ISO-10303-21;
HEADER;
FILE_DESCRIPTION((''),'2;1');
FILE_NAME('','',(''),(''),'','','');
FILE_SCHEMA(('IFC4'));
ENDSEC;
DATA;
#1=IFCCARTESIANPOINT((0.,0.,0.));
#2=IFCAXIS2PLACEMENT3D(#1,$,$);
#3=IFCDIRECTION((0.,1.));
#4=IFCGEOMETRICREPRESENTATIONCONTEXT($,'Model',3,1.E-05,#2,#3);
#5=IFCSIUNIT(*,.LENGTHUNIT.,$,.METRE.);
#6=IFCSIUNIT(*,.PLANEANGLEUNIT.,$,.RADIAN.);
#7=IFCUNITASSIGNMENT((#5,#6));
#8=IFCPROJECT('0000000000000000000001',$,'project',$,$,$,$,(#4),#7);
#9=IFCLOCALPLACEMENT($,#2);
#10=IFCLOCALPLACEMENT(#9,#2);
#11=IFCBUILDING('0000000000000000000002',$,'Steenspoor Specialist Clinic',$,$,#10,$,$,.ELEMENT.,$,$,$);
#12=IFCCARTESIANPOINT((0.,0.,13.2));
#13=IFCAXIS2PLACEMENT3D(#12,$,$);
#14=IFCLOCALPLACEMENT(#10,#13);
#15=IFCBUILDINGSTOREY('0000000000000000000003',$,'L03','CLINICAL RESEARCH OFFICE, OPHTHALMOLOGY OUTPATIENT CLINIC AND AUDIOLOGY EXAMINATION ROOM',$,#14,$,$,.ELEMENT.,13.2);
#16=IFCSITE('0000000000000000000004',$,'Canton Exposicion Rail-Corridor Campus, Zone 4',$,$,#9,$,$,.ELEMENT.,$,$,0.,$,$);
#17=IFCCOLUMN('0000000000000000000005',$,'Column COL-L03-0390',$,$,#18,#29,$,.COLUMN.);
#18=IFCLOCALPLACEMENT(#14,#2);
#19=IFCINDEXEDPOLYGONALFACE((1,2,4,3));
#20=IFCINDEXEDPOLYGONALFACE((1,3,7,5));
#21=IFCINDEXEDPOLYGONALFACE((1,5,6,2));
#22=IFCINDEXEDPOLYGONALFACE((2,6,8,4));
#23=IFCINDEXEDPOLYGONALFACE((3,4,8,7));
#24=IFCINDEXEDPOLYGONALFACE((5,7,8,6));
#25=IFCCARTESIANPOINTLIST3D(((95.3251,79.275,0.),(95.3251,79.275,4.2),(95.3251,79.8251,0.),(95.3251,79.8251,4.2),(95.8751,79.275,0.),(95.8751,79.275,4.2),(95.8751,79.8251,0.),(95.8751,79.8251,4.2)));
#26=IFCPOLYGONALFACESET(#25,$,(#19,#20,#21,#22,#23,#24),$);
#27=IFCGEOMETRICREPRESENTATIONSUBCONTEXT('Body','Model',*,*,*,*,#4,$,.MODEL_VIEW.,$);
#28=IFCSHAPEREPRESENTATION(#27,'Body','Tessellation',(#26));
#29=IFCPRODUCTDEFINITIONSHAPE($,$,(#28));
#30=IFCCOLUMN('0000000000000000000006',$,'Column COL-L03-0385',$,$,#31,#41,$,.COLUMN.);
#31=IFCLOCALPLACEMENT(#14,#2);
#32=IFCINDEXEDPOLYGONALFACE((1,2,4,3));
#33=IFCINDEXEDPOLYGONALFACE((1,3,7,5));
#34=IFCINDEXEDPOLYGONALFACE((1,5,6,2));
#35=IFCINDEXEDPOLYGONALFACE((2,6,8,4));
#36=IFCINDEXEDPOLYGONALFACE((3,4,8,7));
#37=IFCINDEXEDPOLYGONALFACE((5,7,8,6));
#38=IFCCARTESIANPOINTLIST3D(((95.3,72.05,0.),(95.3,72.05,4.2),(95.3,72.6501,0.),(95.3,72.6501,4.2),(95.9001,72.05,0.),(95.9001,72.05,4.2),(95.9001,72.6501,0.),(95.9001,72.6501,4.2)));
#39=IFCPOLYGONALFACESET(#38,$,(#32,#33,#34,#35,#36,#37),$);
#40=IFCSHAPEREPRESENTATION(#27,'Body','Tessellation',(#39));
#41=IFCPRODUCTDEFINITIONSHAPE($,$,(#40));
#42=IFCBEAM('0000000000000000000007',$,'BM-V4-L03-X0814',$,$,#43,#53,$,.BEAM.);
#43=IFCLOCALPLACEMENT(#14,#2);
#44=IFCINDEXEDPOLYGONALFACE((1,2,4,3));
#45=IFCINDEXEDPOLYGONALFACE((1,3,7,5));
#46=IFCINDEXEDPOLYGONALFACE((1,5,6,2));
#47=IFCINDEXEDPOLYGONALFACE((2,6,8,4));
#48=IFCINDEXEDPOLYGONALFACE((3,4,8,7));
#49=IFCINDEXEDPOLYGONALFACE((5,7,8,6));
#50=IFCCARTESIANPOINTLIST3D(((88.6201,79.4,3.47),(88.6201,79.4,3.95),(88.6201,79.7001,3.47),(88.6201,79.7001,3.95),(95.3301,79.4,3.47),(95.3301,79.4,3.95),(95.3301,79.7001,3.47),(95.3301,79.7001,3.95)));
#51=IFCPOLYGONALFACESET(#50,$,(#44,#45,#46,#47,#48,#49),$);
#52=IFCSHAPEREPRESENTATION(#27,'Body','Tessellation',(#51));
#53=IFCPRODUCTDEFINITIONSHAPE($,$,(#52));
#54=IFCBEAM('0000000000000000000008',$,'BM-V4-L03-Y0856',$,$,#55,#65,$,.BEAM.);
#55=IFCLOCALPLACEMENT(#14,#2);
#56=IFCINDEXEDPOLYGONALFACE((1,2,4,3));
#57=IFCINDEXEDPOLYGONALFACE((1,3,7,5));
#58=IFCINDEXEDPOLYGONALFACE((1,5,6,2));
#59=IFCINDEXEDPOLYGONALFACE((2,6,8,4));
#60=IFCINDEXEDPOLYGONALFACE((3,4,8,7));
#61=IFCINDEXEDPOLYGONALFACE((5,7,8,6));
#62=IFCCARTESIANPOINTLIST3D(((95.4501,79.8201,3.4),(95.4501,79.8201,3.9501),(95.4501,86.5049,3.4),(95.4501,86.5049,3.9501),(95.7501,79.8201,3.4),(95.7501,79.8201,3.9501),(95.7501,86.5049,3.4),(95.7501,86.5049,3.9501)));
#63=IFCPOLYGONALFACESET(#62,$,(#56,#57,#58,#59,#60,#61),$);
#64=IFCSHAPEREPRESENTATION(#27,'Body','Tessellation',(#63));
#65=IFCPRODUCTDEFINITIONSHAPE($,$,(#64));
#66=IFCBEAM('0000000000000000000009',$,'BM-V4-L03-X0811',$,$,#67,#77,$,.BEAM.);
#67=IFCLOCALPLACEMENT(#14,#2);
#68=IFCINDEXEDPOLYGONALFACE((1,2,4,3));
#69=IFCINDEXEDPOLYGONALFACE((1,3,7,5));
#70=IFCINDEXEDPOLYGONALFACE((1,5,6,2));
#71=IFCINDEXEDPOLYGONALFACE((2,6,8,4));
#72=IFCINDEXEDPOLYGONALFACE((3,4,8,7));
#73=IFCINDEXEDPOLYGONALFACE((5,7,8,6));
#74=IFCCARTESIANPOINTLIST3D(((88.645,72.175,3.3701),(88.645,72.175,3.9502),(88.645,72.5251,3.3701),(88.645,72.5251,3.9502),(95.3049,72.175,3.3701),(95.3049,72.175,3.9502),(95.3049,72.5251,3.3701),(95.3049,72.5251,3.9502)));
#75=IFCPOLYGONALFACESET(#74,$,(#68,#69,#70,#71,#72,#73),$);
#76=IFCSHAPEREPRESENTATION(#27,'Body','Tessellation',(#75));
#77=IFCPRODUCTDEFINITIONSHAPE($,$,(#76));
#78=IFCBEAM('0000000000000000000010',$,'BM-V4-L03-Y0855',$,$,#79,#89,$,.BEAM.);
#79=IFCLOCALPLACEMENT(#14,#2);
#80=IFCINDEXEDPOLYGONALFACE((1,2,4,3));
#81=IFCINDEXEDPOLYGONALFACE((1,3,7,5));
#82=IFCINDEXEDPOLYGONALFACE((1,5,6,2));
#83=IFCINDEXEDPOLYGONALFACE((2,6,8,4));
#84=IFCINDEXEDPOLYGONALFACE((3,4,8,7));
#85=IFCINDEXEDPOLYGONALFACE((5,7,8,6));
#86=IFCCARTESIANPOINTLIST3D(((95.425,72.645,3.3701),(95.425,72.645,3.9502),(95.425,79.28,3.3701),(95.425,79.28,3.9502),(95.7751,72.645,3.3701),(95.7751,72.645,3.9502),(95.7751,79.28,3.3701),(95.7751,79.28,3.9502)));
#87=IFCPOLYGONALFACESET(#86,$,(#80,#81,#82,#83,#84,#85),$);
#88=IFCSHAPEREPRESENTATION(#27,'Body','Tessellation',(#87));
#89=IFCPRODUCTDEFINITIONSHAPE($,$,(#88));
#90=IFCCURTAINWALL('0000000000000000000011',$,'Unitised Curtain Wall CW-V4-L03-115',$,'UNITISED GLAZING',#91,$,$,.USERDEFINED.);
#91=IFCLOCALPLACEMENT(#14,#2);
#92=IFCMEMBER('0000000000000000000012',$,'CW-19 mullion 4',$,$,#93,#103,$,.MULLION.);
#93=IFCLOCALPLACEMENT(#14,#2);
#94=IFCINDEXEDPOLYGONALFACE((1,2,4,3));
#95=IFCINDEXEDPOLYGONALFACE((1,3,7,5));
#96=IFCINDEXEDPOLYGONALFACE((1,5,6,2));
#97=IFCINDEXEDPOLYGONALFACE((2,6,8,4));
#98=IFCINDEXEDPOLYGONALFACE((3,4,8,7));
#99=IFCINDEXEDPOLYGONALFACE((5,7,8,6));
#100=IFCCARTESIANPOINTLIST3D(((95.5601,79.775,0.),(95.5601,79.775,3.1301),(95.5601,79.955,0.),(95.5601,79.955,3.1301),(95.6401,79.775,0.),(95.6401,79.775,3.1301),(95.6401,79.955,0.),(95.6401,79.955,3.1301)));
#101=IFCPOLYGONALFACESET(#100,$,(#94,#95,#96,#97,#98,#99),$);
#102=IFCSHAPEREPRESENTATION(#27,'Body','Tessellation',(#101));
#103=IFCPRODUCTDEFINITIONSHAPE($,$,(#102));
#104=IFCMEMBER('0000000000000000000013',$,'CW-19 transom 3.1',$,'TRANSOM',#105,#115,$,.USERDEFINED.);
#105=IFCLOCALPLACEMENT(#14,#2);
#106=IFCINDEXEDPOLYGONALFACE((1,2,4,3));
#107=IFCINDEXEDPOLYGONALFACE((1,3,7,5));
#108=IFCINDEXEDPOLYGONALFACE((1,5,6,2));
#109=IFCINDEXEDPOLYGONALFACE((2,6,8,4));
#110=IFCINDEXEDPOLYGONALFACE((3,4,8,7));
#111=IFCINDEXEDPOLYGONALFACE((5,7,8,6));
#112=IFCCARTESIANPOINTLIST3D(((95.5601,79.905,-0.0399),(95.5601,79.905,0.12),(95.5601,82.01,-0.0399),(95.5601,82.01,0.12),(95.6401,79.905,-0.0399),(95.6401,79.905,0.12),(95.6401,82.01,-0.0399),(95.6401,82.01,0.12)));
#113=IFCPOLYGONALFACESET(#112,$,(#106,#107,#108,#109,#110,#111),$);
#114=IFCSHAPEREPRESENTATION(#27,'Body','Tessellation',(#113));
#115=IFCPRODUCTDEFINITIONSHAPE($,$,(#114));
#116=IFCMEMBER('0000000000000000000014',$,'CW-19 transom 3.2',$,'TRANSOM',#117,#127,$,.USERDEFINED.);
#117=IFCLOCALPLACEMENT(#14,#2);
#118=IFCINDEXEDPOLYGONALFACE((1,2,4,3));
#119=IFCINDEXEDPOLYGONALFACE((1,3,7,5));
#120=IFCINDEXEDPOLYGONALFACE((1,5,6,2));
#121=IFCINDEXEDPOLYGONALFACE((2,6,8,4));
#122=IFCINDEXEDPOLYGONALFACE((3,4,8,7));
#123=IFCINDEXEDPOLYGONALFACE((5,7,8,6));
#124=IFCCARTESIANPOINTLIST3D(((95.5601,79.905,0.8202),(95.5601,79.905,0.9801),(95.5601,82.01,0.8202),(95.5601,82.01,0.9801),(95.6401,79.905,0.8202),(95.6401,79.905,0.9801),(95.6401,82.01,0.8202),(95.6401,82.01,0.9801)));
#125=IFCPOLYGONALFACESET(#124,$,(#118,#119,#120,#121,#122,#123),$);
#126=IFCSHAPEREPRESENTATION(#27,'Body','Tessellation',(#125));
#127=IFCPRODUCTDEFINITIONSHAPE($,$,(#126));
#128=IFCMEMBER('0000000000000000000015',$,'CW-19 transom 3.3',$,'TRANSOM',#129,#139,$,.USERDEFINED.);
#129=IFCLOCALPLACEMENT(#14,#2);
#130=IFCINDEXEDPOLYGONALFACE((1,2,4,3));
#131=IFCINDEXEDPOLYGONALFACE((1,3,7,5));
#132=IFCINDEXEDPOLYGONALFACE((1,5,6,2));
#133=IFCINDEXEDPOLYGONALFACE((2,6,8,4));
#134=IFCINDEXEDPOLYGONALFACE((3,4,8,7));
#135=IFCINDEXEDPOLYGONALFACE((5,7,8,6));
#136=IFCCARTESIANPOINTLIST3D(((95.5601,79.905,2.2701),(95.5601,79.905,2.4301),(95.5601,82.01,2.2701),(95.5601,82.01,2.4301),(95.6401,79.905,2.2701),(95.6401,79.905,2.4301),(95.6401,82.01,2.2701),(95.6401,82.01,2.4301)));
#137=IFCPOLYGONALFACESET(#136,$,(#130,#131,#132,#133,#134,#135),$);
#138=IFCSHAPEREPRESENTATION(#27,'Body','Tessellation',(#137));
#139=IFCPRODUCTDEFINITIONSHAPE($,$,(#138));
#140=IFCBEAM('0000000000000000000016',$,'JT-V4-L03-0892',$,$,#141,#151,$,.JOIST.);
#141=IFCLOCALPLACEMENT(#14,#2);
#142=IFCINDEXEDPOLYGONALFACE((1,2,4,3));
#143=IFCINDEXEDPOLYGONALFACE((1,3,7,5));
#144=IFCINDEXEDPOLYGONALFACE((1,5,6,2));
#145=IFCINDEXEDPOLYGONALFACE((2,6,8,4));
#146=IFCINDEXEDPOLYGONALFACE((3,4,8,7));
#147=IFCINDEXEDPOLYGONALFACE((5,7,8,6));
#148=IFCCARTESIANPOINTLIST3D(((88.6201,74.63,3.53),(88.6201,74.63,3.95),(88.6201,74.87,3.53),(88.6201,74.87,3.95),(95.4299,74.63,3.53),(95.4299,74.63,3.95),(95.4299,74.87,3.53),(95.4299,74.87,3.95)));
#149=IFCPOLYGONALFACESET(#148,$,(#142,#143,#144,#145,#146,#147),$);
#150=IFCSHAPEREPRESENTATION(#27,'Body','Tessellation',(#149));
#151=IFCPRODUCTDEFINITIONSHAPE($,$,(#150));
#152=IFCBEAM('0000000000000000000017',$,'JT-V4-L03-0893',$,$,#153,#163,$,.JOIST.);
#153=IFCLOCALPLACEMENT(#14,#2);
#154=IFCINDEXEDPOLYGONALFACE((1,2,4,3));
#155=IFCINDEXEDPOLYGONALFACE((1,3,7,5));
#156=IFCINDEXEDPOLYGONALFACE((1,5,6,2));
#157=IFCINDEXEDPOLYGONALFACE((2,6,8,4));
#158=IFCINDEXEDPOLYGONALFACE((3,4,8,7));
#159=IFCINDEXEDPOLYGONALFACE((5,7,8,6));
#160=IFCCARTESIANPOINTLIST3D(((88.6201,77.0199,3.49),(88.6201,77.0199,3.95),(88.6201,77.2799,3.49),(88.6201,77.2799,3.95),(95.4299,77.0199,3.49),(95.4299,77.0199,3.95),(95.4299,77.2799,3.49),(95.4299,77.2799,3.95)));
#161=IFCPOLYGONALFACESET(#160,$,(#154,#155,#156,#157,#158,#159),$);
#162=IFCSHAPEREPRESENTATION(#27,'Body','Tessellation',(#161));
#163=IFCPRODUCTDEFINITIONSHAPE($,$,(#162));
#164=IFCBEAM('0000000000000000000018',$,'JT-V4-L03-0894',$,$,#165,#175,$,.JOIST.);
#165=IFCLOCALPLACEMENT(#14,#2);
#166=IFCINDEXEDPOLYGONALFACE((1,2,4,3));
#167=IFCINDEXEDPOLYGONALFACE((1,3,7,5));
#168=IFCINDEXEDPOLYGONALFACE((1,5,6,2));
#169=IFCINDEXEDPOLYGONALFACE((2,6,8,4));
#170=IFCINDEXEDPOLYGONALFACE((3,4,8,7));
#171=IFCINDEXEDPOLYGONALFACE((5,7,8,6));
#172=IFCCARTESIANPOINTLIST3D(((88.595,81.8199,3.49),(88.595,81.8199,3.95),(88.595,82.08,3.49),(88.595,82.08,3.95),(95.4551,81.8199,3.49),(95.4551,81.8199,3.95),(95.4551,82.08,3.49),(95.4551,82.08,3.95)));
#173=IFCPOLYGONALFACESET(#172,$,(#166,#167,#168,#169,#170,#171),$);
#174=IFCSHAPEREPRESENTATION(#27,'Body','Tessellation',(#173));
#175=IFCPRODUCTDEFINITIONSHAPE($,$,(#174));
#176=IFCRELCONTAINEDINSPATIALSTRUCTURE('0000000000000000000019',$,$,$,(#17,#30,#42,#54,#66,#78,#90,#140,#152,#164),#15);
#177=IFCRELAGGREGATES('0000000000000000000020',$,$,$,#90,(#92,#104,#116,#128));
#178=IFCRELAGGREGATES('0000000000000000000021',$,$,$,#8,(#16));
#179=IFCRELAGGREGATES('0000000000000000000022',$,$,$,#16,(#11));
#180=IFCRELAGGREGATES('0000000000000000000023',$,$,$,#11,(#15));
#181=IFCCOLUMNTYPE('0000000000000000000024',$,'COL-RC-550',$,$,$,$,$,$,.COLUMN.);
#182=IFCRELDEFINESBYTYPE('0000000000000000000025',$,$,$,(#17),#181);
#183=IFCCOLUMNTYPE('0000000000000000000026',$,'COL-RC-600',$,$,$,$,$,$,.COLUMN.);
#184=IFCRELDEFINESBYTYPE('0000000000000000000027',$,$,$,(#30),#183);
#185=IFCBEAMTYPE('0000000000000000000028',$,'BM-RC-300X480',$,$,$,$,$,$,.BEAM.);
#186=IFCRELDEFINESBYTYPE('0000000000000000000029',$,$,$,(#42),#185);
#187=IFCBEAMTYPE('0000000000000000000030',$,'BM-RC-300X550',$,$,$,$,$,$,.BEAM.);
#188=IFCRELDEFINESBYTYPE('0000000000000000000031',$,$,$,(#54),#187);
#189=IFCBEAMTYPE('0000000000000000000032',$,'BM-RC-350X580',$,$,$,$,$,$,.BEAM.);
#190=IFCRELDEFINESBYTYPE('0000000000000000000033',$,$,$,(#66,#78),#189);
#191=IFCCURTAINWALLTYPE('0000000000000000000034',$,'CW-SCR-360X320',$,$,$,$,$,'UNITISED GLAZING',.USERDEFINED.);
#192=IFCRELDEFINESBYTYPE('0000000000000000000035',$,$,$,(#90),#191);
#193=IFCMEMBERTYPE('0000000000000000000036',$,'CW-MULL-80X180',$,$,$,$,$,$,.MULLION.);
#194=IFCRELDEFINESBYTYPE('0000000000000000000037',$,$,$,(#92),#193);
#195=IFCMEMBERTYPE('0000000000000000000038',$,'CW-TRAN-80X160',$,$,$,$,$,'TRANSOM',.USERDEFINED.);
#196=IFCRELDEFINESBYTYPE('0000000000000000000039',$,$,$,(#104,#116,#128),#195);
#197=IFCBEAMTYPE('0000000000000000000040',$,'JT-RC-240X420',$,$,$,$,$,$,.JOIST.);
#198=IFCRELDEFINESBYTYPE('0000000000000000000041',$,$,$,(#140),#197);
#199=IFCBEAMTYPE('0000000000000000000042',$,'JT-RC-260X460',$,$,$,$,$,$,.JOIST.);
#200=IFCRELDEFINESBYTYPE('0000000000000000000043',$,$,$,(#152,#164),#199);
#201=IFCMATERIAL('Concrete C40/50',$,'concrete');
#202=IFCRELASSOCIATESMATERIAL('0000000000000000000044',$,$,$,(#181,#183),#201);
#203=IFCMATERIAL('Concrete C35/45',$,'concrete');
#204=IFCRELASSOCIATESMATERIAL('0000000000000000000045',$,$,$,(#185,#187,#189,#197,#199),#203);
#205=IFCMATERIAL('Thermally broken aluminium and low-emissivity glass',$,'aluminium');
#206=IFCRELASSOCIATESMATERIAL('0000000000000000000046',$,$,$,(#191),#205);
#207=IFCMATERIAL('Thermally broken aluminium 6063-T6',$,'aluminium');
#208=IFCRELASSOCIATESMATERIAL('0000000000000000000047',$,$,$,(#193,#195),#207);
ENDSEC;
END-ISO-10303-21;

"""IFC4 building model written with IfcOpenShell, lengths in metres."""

from ifc_helpers import new_model, si_unit, direction, frame, origin, origin_2d, place, context, subcontext, project, spatial, rectangle, extrude, material, material_profile, profile_set, type_object, element, aggregate, save


model = new_model("IFC4")

# Units and contexts
model_context = context("Model", 3, precision=1e-05, world=origin(), true_north=direction((0.0, 1.0)))
body_context = subcontext(model_context, "Body", "Model", "MODEL_VIEW")
ifc_project = project(units=[si_unit("LENGTHUNIT", "METRE"), si_unit("PLANEANGLEUNIT", "RADIAN")], contexts=[model_context])

# Site, building, storey
site_placement = place(None, origin())
site = spatial("IfcSite", under=ifc_project, at=site_placement, Name="Canton Exposicion Rail-Corridor Campus, Zone 4", CompositionType="ELEMENT", RefElevation=0.0)
building_placement = place(site_placement, origin())
building = spatial("IfcBuilding", under=site, at=building_placement, Name="Steenspoor Specialist Clinic", CompositionType="ELEMENT")
storey_placement = place(building_placement, frame((0.0, 0.0, 13.2)))
storey = spatial("IfcBuildingStorey", under=building, at=storey_placement, Name="L03", Description="CLINICAL RESEARCH OFFICE, OPHTHALMOLOGY OUTPATIENT CLINIC AND AUDIOLOGY EXAMINATION ROOM", CompositionType="ELEMENT", Elevation=13.2)

# Columns
ifc_material_1 = material(Name="Concrete C40/50", Category="concrete")
ifc_material_profile_1 = material_profile(ifc_material_1, rectangle(XDim=0.55, YDim=0.55, at=origin_2d()), Name="RC-COL-550X550")
ifc_profile_set_1 = profile_set([ifc_material_profile_1], Name="Concrete C40/50")
column_type_1 = type_object("IfcColumnType", Name="COL-RC-550", PredefinedType="COLUMN", material=ifc_profile_set_1)
column_1_placement = place(storey_placement, frame((95.6001, 79.55, 0.0), z_axis=(0.0, 0.0, 1.0), x_axis=(1.0, 0.0, 0.0)))
element("IfcColumn", 1, at=column_1_placement, inside=storey, type_object=column_type_1, Name="Column COL-L03-0390", PredefinedType="COLUMN", context=body_context, shape_type="SweptSolid", body=[
    extrude(rectangle(XDim=0.55, YDim=0.55, at=origin_2d()), origin(), (0.0, 0.0, 1.0), 4.2),
])
ifc_material_profile_2 = material_profile(ifc_material_1, rectangle(XDim=0.6001, YDim=0.6001, at=origin_2d()), Name="RC-COL-600X600")
ifc_profile_set_2 = profile_set([ifc_material_profile_2], Name="Concrete C40/50")
column_type_2 = type_object("IfcColumnType", Name="COL-RC-600", PredefinedType="COLUMN", material=ifc_profile_set_2)
column_2_placement = place(storey_placement, frame((95.6001, 72.3501, 0.0), z_axis=(0.0, 0.0, 1.0), x_axis=(1.0, 0.0, 0.0)))
element("IfcColumn", 2, at=column_2_placement, inside=storey, type_object=column_type_2, Name="Column COL-L03-0385", PredefinedType="COLUMN", context=body_context, shape_type="SweptSolid", body=[
    extrude(rectangle(XDim=0.6001, YDim=0.6001, at=origin_2d()), origin(), (0.0, 0.0, 1.0), 4.2),
])

# Beams
ifc_material_2 = material(Name="Concrete C35/45", Category="concrete")
ifc_material_profile_3 = material_profile(ifc_material_2, rectangle(XDim=0.3, YDim=0.48, at=origin_2d()), Name="RC-BM-300X480")
ifc_profile_set_3 = profile_set([ifc_material_profile_3], Name="Concrete C35/45")
beam_type_1 = type_object("IfcBeamType", Name="BM-RC-300X480", PredefinedType="BEAM", material=ifc_profile_set_3)
beam_1_placement = place(storey_placement, frame((88.6201, 79.55, 3.71), z_axis=(1.0, 0.0, 0.0), x_axis=(0.0, 1.0, 0.0)))
element("IfcBeam", 3, at=beam_1_placement, inside=storey, type_object=beam_type_1, Name="BM-V4-L03-X0814", PredefinedType="BEAM", context=body_context, shape_type="SweptSolid", body=[
    extrude(rectangle(XDim=0.3, YDim=0.48, at=origin_2d()), origin(), (0.0, 0.0, 1.0), 6.71),
])
ifc_material_profile_4 = material_profile(ifc_material_2, rectangle(XDim=0.3, YDim=0.55, at=origin_2d()), Name="RC-BM-300X550")
ifc_profile_set_4 = profile_set([ifc_material_profile_4], Name="Concrete C35/45")
beam_type_2 = type_object("IfcBeamType", Name="BM-RC-300X550", PredefinedType="BEAM", material=ifc_profile_set_4)
beam_2_placement = place(storey_placement, frame((95.6001, 79.8201, 3.675), z_axis=(0.0, 1.0, 0.0), x_axis=(-1.0, 0.0, 0.0)))
element("IfcBeam", 4, at=beam_2_placement, inside=storey, type_object=beam_type_2, Name="BM-V4-L03-Y0856", PredefinedType="BEAM", context=body_context, shape_type="SweptSolid", body=[
    extrude(rectangle(XDim=0.3, YDim=0.55, at=origin_2d()), origin(), (0.0, 0.0, 1.0), 6.6848),
])
ifc_material_profile_5 = material_profile(ifc_material_2, rectangle(XDim=0.3501, YDim=0.5801, at=origin_2d()), Name="RC-BM-350X580")
ifc_profile_set_5 = profile_set([ifc_material_profile_5], Name="Concrete C35/45")
beam_type_3 = type_object("IfcBeamType", Name="BM-RC-350X580", PredefinedType="BEAM", material=ifc_profile_set_5)
beam_3_placement = place(storey_placement, frame((88.645, 72.3501, 3.6602), z_axis=(1.0, 0.0, 0.0), x_axis=(0.0, 1.0, 0.0)))
element("IfcBeam", 5, at=beam_3_placement, inside=storey, type_object=beam_type_3, Name="BM-V4-L03-X0811", PredefinedType="BEAM", context=body_context, shape_type="SweptSolid", body=[
    extrude(rectangle(XDim=0.3501, YDim=0.5801, at=origin_2d()), origin(), (0.0, 0.0, 1.0), 6.6599),
])
beam_4_placement = place(storey_placement, frame((95.6001, 72.645, 3.6602), z_axis=(0.0, 1.0, 0.0), x_axis=(-1.0, 0.0, 0.0)))
element("IfcBeam", 6, at=beam_4_placement, inside=storey, type_object=beam_type_3, Name="BM-V4-L03-Y0855", PredefinedType="BEAM", context=body_context, shape_type="SweptSolid", body=[
    extrude(rectangle(XDim=0.3501, YDim=0.5801, at=origin_2d()), origin(), (0.0, 0.0, 1.0), 6.635),
])

# Curtain wall, members
ifc_material_3 = material(Name="Thermally broken aluminium and low-emissivity glass", Category="aluminium")
curtain_wall_type = type_object("IfcCurtainWallType", Name="CW-SCR-360X320", ElementType="UNITISED GLAZING", PredefinedType="USERDEFINED", material=ifc_material_3)
curtain_wall_placement = place(storey_placement, origin())
curtain_wall = element("IfcCurtainWall", 7, at=curtain_wall_placement, inside=storey, type_object=curtain_wall_type, Name="Unitised Curtain Wall CW-V4-L03-115", ObjectType="UNITISED GLAZING", PredefinedType="USERDEFINED")
ifc_material_4 = material(Name="Thermally broken aluminium 6063-T6", Category="aluminium")
ifc_material_profile_6 = material_profile(ifc_material_4, rectangle(XDim=0.0801, YDim=0.1799, at=origin_2d()), Name="CWM-80X180")
ifc_profile_set_6 = profile_set([ifc_material_profile_6], Name="Thermally broken aluminium 6063-T6")
member_type_1 = type_object("IfcMemberType", Name="CW-MULL-80X180", PredefinedType="MULLION", material=ifc_profile_set_6)
member_1_placement = place(storey_placement, frame((95.6001, 79.865, 0.0), z_axis=(0.0, 0.0, 1.0), x_axis=(1.0, 0.0, 0.0)))
member_1 = element("IfcMember", 8, at=member_1_placement, type_object=member_type_1, Name="CW-19 mullion 4", PredefinedType="MULLION", context=body_context, shape_type="SweptSolid", body=[
    extrude(rectangle(XDim=0.0801, YDim=0.1799, at=origin_2d()), origin(), (0.0, 0.0, 1.0), 3.1301),
])
ifc_material_profile_7 = material_profile(ifc_material_4, rectangle(XDim=0.0801, YDim=0.1599, at=origin_2d()), Name="CWT-80X160")
ifc_profile_set_7 = profile_set([ifc_material_profile_7], Name="Thermally broken aluminium 6063-T6")
member_type_2 = type_object("IfcMemberType", Name="CW-TRAN-80X160", ElementType="TRANSOM", PredefinedType="USERDEFINED", material=ifc_profile_set_7)
member_2_placement = place(storey_placement, frame((95.6001, 82.01, 0.04), z_axis=(0.0, -1.0, 0.0), x_axis=(1.0, 0.0, 0.0)))
member_2 = element("IfcMember", 9, at=member_2_placement, type_object=member_type_2, Name="CW-19 transom 3.1", ObjectType="TRANSOM", PredefinedType="USERDEFINED", context=body_context, shape_type="SweptSolid", body=[
    extrude(rectangle(XDim=0.0801, YDim=0.1599, at=origin_2d()), origin(), (0.0, 0.0, 1.0), 2.105),
])
member_3_placement = place(storey_placement, frame((95.6001, 82.01, 0.9001), z_axis=(0.0, -1.0, 0.0), x_axis=(1.0, 0.0, 0.0)))
member_3 = element("IfcMember", 10, at=member_3_placement, type_object=member_type_2, Name="CW-19 transom 3.2", ObjectType="TRANSOM", PredefinedType="USERDEFINED", context=body_context, shape_type="SweptSolid", body=[
    extrude(rectangle(XDim=0.0801, YDim=0.1599, at=origin_2d()), origin(), (0.0, 0.0, 1.0), 2.105),
])
member_4_placement = place(storey_placement, frame((95.6001, 82.01, 2.3501), z_axis=(0.0, -1.0, 0.0), x_axis=(1.0, 0.0, 0.0)))
member_4 = element("IfcMember", 11, at=member_4_placement, type_object=member_type_2, Name="CW-19 transom 3.3", ObjectType="TRANSOM", PredefinedType="USERDEFINED", context=body_context, shape_type="SweptSolid", body=[
    extrude(rectangle(XDim=0.0801, YDim=0.1599, at=origin_2d()), origin(), (0.0, 0.0, 1.0), 2.105),
])

# Beams
ifc_material_profile_8 = material_profile(ifc_material_2, rectangle(XDim=0.24, YDim=0.4199, at=origin_2d()), Name="RC-JT-240X420")
ifc_profile_set_8 = profile_set([ifc_material_profile_8], Name="Concrete C35/45")
beam_type_4 = type_object("IfcBeamType", Name="JT-RC-240X420", PredefinedType="JOIST", material=ifc_profile_set_8)
beam_5_placement = place(storey_placement, frame((88.6201, 74.75, 3.74), z_axis=(1.0, 0.0, 0.0), x_axis=(0.0, 1.0, 0.0)))
element("IfcBeam", 12, at=beam_5_placement, inside=storey, type_object=beam_type_4, Name="JT-V4-L03-0892", PredefinedType="JOIST", context=body_context, shape_type="SweptSolid", body=[
    extrude(rectangle(XDim=0.24, YDim=0.4199, at=origin_2d()), origin(), (0.0, 0.0, 1.0), 6.8098),
])
ifc_material_profile_9 = material_profile(ifc_material_2, rectangle(XDim=0.26, YDim=0.46, at=origin_2d()), Name="RC-JT-260X460")
ifc_profile_set_9 = profile_set([ifc_material_profile_9], Name="Concrete C35/45")
beam_type_5 = type_object("IfcBeamType", Name="JT-RC-260X460", PredefinedType="JOIST", material=ifc_profile_set_9)
beam_6_placement = place(storey_placement, frame((88.6201, 77.1499, 3.72), z_axis=(1.0, 0.0, 0.0), x_axis=(0.0, 1.0, 0.0)))
element("IfcBeam", 13, at=beam_6_placement, inside=storey, type_object=beam_type_5, Name="JT-V4-L03-0893", PredefinedType="JOIST", context=body_context, shape_type="SweptSolid", body=[
    extrude(rectangle(XDim=0.26, YDim=0.46, at=origin_2d()), origin(), (0.0, 0.0, 1.0), 6.8098),
])
beam_7_placement = place(storey_placement, frame((88.595, 81.95, 3.72), z_axis=(1.0, 0.0, 0.0), x_axis=(0.0, 1.0, 0.0)))
element("IfcBeam", 14, at=beam_7_placement, inside=storey, type_object=beam_type_5, Name="JT-V4-L03-0894", PredefinedType="JOIST", context=body_context, shape_type="SweptSolid", body=[
    extrude(rectangle(XDim=0.26, YDim=0.46, at=origin_2d()), origin(), (0.0, 0.0, 1.0), 6.8601),
])

aggregate(curtain_wall, [member_1, member_2, member_3, member_4])

save(model, "model.ifc")
